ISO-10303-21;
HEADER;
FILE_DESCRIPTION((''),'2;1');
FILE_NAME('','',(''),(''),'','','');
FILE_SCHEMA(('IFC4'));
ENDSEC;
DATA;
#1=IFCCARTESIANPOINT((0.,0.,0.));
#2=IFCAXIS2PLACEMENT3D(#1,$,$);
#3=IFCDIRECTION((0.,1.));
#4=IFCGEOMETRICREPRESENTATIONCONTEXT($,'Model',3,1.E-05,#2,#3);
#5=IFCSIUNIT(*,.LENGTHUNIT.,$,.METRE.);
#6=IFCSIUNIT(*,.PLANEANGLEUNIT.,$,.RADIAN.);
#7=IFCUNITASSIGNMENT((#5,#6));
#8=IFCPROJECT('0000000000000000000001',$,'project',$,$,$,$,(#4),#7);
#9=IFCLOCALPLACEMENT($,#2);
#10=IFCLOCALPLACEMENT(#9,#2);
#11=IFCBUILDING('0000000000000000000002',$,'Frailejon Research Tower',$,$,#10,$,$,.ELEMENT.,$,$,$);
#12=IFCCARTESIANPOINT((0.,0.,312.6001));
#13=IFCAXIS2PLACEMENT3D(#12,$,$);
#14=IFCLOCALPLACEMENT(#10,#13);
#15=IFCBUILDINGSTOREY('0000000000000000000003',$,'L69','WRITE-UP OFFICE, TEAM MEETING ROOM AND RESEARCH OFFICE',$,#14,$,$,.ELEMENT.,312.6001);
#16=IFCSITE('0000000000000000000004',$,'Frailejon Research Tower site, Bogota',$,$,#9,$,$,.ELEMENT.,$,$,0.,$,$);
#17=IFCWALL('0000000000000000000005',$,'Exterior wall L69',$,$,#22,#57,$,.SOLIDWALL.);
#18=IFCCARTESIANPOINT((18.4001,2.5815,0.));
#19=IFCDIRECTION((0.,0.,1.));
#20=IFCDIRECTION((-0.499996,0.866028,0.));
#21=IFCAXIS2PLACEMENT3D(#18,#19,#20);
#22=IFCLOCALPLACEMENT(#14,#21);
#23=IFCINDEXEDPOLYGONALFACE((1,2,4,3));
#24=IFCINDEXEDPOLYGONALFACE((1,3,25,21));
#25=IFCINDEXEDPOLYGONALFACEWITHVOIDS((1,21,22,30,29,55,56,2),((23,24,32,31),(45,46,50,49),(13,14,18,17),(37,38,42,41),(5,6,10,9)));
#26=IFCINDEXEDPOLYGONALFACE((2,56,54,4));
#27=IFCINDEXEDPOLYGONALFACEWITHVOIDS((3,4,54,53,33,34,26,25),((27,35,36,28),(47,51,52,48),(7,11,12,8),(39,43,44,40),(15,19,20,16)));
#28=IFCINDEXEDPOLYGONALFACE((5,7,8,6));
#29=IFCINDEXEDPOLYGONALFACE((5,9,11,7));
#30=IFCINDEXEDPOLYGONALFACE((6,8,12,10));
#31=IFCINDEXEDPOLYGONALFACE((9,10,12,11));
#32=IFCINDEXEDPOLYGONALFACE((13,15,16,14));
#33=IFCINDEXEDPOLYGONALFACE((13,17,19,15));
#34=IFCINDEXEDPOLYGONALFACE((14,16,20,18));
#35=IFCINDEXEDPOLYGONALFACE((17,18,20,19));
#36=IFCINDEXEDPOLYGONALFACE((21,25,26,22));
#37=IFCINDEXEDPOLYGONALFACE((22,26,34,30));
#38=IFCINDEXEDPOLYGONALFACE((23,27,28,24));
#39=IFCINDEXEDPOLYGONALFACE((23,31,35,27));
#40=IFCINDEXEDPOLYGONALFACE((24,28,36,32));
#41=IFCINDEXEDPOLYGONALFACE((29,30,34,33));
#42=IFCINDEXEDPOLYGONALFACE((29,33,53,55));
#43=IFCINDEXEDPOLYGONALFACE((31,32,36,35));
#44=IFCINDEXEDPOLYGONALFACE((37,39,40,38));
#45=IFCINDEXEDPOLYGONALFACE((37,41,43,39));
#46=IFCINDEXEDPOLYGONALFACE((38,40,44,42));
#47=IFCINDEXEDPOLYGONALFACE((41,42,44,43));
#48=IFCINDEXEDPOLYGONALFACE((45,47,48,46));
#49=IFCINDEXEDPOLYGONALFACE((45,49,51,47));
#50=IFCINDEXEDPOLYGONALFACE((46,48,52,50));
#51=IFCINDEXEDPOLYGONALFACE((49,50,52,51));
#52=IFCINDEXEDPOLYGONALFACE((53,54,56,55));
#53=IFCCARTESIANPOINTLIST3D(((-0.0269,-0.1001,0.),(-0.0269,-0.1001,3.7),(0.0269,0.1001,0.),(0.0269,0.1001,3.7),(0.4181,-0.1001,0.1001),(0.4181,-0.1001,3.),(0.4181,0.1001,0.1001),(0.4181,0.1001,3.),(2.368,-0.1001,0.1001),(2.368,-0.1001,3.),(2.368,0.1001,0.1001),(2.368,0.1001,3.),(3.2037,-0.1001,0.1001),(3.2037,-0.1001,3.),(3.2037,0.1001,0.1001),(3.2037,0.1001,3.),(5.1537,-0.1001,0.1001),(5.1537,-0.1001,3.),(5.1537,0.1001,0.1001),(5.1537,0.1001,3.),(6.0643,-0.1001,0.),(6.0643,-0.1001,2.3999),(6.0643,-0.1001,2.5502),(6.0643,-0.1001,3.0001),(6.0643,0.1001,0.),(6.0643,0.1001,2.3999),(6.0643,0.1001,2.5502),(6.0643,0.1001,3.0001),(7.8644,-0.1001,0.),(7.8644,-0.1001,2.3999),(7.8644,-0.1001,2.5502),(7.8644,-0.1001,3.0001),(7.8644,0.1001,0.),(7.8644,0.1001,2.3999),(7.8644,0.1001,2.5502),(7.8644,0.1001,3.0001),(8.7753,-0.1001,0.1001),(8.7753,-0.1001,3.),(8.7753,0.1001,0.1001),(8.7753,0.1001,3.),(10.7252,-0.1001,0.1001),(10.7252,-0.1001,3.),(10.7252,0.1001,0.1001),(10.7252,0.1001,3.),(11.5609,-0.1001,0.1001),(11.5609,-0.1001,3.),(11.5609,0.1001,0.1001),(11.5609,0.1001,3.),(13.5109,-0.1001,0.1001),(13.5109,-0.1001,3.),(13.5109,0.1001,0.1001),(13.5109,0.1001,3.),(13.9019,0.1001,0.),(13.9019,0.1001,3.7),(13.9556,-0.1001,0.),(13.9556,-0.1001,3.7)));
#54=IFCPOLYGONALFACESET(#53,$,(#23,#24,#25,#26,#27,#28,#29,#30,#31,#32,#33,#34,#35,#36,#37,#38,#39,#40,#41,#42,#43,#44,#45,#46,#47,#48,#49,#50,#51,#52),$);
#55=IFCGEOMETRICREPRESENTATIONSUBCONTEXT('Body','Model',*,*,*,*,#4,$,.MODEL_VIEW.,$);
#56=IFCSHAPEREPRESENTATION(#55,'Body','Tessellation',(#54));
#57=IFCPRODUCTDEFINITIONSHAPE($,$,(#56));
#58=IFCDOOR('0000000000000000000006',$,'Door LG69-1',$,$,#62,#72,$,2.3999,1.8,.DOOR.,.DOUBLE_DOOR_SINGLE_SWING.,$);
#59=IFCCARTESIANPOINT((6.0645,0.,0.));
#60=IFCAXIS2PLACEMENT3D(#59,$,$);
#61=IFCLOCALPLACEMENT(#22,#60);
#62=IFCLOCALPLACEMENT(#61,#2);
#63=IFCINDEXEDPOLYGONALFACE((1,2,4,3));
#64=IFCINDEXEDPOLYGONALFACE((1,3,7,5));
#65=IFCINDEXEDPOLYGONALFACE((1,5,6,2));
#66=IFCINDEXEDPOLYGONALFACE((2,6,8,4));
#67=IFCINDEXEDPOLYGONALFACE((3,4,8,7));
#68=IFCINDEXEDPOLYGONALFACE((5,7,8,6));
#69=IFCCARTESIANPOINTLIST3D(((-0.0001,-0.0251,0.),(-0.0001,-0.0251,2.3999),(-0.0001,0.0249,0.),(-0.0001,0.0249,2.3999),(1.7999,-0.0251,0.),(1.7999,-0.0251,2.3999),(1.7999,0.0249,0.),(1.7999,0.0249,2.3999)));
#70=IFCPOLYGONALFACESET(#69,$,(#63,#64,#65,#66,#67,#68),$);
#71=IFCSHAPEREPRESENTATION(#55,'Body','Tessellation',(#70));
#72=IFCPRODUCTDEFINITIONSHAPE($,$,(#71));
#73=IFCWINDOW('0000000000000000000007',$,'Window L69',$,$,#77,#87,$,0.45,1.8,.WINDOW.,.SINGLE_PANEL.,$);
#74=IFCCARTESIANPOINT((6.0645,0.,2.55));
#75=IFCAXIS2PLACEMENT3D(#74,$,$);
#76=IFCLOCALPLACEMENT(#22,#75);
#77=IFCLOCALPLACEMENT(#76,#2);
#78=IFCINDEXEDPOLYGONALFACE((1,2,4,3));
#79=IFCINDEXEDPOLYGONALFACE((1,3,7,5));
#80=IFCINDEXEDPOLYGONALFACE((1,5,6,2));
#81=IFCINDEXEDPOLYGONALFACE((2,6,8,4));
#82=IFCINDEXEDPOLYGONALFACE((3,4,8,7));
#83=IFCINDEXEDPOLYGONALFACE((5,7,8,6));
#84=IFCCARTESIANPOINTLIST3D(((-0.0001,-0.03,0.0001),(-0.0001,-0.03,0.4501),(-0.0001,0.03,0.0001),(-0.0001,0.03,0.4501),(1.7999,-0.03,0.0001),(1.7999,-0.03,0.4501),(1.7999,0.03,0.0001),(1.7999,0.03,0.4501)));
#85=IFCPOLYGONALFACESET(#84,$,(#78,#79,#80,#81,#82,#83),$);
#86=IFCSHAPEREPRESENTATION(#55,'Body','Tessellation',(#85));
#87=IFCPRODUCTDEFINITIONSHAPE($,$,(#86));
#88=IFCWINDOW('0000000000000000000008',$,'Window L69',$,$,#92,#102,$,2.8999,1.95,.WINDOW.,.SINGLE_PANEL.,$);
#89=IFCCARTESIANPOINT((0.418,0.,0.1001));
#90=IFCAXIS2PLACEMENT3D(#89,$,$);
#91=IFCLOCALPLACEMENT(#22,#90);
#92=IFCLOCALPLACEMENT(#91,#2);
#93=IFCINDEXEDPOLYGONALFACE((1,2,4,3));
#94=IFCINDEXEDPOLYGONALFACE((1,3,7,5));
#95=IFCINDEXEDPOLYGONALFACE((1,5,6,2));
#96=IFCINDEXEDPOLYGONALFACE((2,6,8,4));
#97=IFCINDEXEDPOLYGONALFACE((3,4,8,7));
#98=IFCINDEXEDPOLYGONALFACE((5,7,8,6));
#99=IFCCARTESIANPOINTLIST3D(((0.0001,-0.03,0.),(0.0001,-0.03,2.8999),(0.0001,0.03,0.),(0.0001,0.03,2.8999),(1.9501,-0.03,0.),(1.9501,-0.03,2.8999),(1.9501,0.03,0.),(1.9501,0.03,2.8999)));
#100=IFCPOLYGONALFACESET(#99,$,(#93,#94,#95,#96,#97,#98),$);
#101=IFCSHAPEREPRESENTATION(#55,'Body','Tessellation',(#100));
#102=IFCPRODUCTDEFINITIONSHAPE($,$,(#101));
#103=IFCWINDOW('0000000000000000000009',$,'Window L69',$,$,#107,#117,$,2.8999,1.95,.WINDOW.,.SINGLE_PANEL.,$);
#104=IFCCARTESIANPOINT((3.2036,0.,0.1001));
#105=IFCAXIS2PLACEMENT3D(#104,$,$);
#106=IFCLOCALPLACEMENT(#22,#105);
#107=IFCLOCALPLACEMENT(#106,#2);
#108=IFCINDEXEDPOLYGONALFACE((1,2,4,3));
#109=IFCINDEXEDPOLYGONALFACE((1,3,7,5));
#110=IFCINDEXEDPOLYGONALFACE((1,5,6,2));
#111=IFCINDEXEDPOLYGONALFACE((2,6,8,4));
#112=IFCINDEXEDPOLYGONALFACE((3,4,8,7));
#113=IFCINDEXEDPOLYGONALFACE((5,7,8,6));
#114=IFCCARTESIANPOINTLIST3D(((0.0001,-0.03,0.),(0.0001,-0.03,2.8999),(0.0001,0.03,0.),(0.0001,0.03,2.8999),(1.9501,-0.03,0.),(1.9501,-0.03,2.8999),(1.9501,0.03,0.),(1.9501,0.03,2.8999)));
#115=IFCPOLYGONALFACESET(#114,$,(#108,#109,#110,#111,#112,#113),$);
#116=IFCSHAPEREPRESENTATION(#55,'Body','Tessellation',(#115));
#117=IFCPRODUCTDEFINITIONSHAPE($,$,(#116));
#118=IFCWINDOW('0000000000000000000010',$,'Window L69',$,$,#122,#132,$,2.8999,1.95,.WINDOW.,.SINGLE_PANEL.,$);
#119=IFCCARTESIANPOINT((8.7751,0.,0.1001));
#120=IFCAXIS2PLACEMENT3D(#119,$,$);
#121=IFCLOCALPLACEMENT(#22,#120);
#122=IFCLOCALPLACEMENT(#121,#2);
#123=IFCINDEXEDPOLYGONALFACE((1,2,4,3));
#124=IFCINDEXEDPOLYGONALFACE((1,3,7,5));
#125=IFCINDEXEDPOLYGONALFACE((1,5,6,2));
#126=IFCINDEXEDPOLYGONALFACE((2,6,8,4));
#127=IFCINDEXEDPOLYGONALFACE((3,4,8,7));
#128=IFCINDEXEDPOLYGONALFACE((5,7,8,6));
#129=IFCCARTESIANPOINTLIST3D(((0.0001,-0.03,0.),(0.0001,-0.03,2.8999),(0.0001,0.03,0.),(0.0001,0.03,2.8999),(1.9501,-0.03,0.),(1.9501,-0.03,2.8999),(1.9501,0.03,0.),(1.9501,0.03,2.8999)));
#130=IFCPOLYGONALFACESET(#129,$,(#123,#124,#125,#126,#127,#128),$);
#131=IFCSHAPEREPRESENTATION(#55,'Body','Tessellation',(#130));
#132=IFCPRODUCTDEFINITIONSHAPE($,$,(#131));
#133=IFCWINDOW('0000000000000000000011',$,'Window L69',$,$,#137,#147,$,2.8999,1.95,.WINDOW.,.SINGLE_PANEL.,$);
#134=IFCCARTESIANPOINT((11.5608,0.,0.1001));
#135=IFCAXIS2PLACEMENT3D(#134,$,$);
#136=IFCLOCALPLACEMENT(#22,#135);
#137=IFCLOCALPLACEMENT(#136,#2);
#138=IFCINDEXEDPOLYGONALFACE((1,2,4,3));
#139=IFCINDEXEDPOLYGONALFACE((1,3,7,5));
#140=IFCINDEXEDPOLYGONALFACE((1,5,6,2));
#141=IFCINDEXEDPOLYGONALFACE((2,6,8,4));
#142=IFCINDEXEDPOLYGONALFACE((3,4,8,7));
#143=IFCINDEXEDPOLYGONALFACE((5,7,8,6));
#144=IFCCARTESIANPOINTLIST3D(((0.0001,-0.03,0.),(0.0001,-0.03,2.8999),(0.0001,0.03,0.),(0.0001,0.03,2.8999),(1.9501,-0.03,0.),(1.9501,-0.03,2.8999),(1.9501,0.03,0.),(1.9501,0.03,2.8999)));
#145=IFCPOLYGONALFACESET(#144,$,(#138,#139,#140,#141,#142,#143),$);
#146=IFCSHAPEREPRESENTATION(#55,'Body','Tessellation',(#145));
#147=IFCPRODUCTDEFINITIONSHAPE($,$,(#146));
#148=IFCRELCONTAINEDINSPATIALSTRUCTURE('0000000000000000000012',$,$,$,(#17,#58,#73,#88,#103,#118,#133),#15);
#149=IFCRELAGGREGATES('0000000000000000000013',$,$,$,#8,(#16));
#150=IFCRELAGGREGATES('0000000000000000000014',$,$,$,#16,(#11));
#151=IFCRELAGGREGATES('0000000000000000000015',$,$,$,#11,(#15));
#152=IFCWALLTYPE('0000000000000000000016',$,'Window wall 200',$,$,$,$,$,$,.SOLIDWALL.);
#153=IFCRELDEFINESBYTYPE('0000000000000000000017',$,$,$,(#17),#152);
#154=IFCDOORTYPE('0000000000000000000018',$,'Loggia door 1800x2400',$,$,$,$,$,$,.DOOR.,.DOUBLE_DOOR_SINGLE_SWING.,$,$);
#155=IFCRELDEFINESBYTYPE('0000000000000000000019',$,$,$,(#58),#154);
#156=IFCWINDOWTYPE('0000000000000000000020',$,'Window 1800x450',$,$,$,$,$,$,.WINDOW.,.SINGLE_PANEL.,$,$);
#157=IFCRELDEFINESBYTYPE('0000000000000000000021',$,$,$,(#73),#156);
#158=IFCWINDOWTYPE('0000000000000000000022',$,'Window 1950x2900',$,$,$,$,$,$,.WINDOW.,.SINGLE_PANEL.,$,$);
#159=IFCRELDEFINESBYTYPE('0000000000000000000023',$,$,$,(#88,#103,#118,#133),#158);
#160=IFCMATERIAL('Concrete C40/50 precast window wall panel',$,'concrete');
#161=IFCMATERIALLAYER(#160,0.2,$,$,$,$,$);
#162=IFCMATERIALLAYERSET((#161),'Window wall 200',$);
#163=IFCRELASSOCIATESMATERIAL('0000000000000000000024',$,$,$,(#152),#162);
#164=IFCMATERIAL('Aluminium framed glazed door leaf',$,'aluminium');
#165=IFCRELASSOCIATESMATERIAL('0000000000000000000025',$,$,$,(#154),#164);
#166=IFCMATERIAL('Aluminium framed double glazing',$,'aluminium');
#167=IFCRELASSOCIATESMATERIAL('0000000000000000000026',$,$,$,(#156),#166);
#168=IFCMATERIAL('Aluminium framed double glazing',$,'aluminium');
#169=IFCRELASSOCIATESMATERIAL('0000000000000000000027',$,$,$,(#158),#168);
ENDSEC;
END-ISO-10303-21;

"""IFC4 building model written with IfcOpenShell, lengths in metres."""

from ifc_helpers import new_model, si_unit, direction, frame, frame_2d, origin, place, context, subcontext, project, spatial, polyline, rectangle, outline, extrude, material, layer, layer_set, type_object, element, fill, save


model = new_model("IFC4")

# Units and contexts
model_context = context("Model", 3, precision=1e-05, world=origin(), true_north=direction((0.0, 1.0)))
body_context = subcontext(model_context, "Body", "Model", "MODEL_VIEW")
ifc_project = project(units=[si_unit("LENGTHUNIT", "METRE"), si_unit("PLANEANGLEUNIT", "RADIAN")], contexts=[model_context])

# Site, building, storey
site_placement = place(None, origin())
site = spatial("IfcSite", under=ifc_project, at=site_placement, Name="Frailejon Research Tower site, Bogota", CompositionType="ELEMENT", RefElevation=0.0)
building_placement = place(site_placement, origin())
building = spatial("IfcBuilding", under=site, at=building_placement, Name="Frailejon Research Tower", CompositionType="ELEMENT")
storey_placement = place(building_placement, frame((0.0, 0.0, 312.6001)))
storey = spatial("IfcBuildingStorey", under=building, at=storey_placement, Name="L69", Description="WRITE-UP OFFICE, TEAM MEETING ROOM AND RESEARCH OFFICE", CompositionType="ELEMENT", Elevation=312.6001)

# Wall, openings, door, windows
ifc_material_1 = material(Name="Concrete C40/50 precast window wall panel", Category="concrete")
ifc_layer_1 = layer(ifc_material_1, 0.2)
ifc_layer_set_1 = layer_set([ifc_layer_1], Name="Window wall 200")
wall_type_1 = type_object("IfcWallType", Name="Window wall 200", PredefinedType="SOLIDWALL", material=ifc_layer_set_1)
wall_1_placement = place(storey_placement, frame((18.4001, 2.5815, 0.0), z_axis=(0.0, 0.0, 1.0), x_axis=(-0.499996, 0.866028, 0.0)))
wall_1 = element("IfcWall", 1, at=wall_1_placement, inside=storey, type_object=wall_type_1, Name="Exterior wall L69", PredefinedType="SOLIDWALL", context=body_context, shape_type="SweptSolid", body=[
    extrude(outline(polyline([(-0.0269, -0.1001), (1.0488, -0.1001), (2.1243, -0.1001), (3.2, -0.1001), (4.2754, -0.1001), (5.3511, -0.1001), (6.4265, -0.1001), (7.5022, -0.1001), (8.5776, -0.1001), (9.6533, -0.1001), (10.7288, -0.1001), (11.8044, -0.1001), (12.8799, -0.1001), (13.9556, -0.1001), (13.9019, 0.1001), (12.8345, 0.1001), (11.7673, 0.1001), (10.7, 0.1001), (9.6326, 0.1001), (8.5654, 0.1001), (7.498, 0.1001), (6.4307, 0.1001), (5.3633, 0.1001), (4.2961, 0.1001), (3.2288, 0.1001), (2.1614, 0.1001), (1.0942, 0.1001), (0.0269, 0.1001), (-0.0269, -0.1001)])), origin(), (0.0, 0.0, 1.0), 3.7),
])
opening_1_placement = place(wall_1_placement, frame((0.418, 0.0, 0.1001)))
opening_1 = element("IfcOpeningElement", 2, at=opening_1_placement, cuts=wall_1, PredefinedType="OPENING", context=body_context, shape_type="SweptSolid", body=[
    extrude(rectangle(XDim=1.95, YDim=2.8999, at=frame_2d((0.9751, 1.45))), frame((0.0, 0.1099, 0.0), z_axis=(0.0, -1.0, 0.0), x_axis=(1.0, 0.0, 0.0)), (0.0, 0.0, 1.0), 0.22),
])
opening_2_placement = place(wall_1_placement, frame((3.2036, 0.0, 0.1001)))
opening_2 = element("IfcOpeningElement", 3, at=opening_2_placement, cuts=wall_1, PredefinedType="OPENING", context=body_context, shape_type="SweptSolid", body=[
    extrude(rectangle(XDim=1.95, YDim=2.8999, at=frame_2d((0.9751, 1.45))), frame((0.0, 0.1099, 0.0), z_axis=(0.0, -1.0, 0.0), x_axis=(1.0, 0.0, 0.0)), (0.0, 0.0, 1.0), 0.22),
])
opening_3_placement = place(wall_1_placement, frame((6.0645, 0.0, 0.0)))
opening_3 = element("IfcOpeningElement", 4, at=opening_3_placement, cuts=wall_1, PredefinedType="OPENING", context=body_context, shape_type="SweptSolid", body=[
    extrude(rectangle(XDim=1.8, YDim=2.3999, at=frame_2d((0.8999, 1.2))), frame((0.0, 0.1099, 0.0), z_axis=(0.0, -1.0, 0.0), x_axis=(1.0, 0.0, 0.0)), (0.0, 0.0, 1.0), 0.22),
])
opening_4_placement = place(wall_1_placement, frame((6.0645, 0.0, 2.55)))
opening_4 = element("IfcOpeningElement", 5, at=opening_4_placement, cuts=wall_1, PredefinedType="OPENING", context=body_context, shape_type="SweptSolid", body=[
    extrude(rectangle(XDim=1.8, YDim=0.45, at=frame_2d((0.8999, 0.2251))), frame((0.0, 0.1099, 0.0), z_axis=(0.0, -1.0, 0.0), x_axis=(1.0, 0.0, 0.0)), (0.0, 0.0, 1.0), 0.22),
])
opening_5_placement = place(wall_1_placement, frame((8.7751, 0.0, 0.1001)))
opening_5 = element("IfcOpeningElement", 6, at=opening_5_placement, cuts=wall_1, PredefinedType="OPENING", context=body_context, shape_type="SweptSolid", body=[
    extrude(rectangle(XDim=1.95, YDim=2.8999, at=frame_2d((0.9751, 1.45))), frame((0.0, 0.1099, 0.0), z_axis=(0.0, -1.0, 0.0), x_axis=(1.0, 0.0, 0.0)), (0.0, 0.0, 1.0), 0.22),
])
opening_6_placement = place(wall_1_placement, frame((11.5608, 0.0, 0.1001)))
opening_6 = element("IfcOpeningElement", 7, at=opening_6_placement, cuts=wall_1, PredefinedType="OPENING", context=body_context, shape_type="SweptSolid", body=[
    extrude(rectangle(XDim=1.95, YDim=2.8999, at=frame_2d((0.9751, 1.45))), frame((0.0, 0.1099, 0.0), z_axis=(0.0, -1.0, 0.0), x_axis=(1.0, 0.0, 0.0)), (0.0, 0.0, 1.0), 0.22),
])
ifc_material_2 = material(Name="Aluminium framed glazed door leaf", Category="aluminium")
door_type = type_object("IfcDoorType", Name="Loggia door 1800x2400", OperationType="DOUBLE_DOOR_SINGLE_SWING", PredefinedType="DOOR", material=ifc_material_2)
door_placement = place(opening_3_placement, origin())
door = element("IfcDoor", 8, at=door_placement, inside=storey, type_object=door_type, Name="Door LG69-1", OperationType="DOUBLE_DOOR_SINGLE_SWING", OverallHeight=2.3999, OverallWidth=1.8, PredefinedType="DOOR", context=body_context, shape_type="SweptSolid", body=[
    extrude(rectangle(XDim=1.8, YDim=2.3999, at=frame_2d((0.8999, 1.2))), frame((0.0, 0.0249, 0.0), z_axis=(0.0, -1.0, 0.0), x_axis=(1.0, 0.0, 0.0)), (0.0, 0.0, 1.0), 0.05),
])
fill(opening_3, door)
ifc_material_3 = material(Name="Aluminium framed double glazing", Category="aluminium")
window_type_1 = type_object("IfcWindowType", Name="Window 1800x450", PartitioningType="SINGLE_PANEL", PredefinedType="WINDOW", material=ifc_material_3)
window_1_placement = place(opening_4_placement, origin())
window_1 = element("IfcWindow", 9, at=window_1_placement, inside=storey, type_object=window_type_1, Name="Window L69", OverallHeight=0.45, OverallWidth=1.8, PartitioningType="SINGLE_PANEL", PredefinedType="WINDOW", context=body_context, shape_type="SweptSolid", body=[
    extrude(rectangle(XDim=1.8, YDim=0.45, at=frame_2d((0.8999, 0.2251))), frame((0.0, 0.03, 0.0), z_axis=(0.0, -1.0, 0.0), x_axis=(1.0, 0.0, 0.0)), (0.0, 0.0, 1.0), 0.0601),
])
fill(opening_4, window_1)
ifc_material_4 = material(Name="Aluminium framed double glazing", Category="aluminium")
window_type_2 = type_object("IfcWindowType", Name="Window 1950x2900", PartitioningType="SINGLE_PANEL", PredefinedType="WINDOW", material=ifc_material_4)
window_2_placement = place(opening_1_placement, origin())
window_2 = element("IfcWindow", 10, at=window_2_placement, inside=storey, type_object=window_type_2, Name="Window L69", OverallHeight=2.8999, OverallWidth=1.95, PartitioningType="SINGLE_PANEL", PredefinedType="WINDOW", context=body_context, shape_type="SweptSolid", body=[
    extrude(rectangle(XDim=1.95, YDim=2.8999, at=frame_2d((0.9751, 1.45))), frame((0.0, 0.03, 0.0), z_axis=(0.0, -1.0, 0.0), x_axis=(1.0, 0.0, 0.0)), (0.0, 0.0, 1.0), 0.0601),
])
fill(opening_1, window_2)
window_3_placement = place(opening_2_placement, origin())
window_3 = element("IfcWindow", 11, at=window_3_placement, inside=storey, type_object=window_type_2, Name="Window L69", OverallHeight=2.8999, OverallWidth=1.95, PartitioningType="SINGLE_PANEL", PredefinedType="WINDOW", context=body_context, shape_type="SweptSolid", body=[
    extrude(rectangle(XDim=1.95, YDim=2.8999, at=frame_2d((0.9751, 1.45))), frame((0.0, 0.03, 0.0), z_axis=(0.0, -1.0, 0.0), x_axis=(1.0, 0.0, 0.0)), (0.0, 0.0, 1.0), 0.0601),
])
fill(opening_2, window_3)
window_4_placement = place(opening_5_placement, origin())
window_4 = element("IfcWindow", 12, at=window_4_placement, inside=storey, type_object=window_type_2, Name="Window L69", OverallHeight=2.8999, OverallWidth=1.95, PartitioningType="SINGLE_PANEL", PredefinedType="WINDOW", context=body_context, shape_type="SweptSolid", body=[
    extrude(rectangle(XDim=1.95, YDim=2.8999, at=frame_2d((0.9751, 1.45))), frame((0.0, 0.03, 0.0), z_axis=(0.0, -1.0, 0.0), x_axis=(1.0, 0.0, 0.0)), (0.0, 0.0, 1.0), 0.0601),
])
fill(opening_5, window_4)
window_5_placement = place(opening_6_placement, origin())
window_5 = element("IfcWindow", 13, at=window_5_placement, inside=storey, type_object=window_type_2, Name="Window L69", OverallHeight=2.8999, OverallWidth=1.95, PartitioningType="SINGLE_PANEL", PredefinedType="WINDOW", context=body_context, shape_type="SweptSolid", body=[
    extrude(rectangle(XDim=1.95, YDim=2.8999, at=frame_2d((0.9751, 1.45))), frame((0.0, 0.03, 0.0), z_axis=(0.0, -1.0, 0.0), x_axis=(1.0, 0.0, 0.0)), (0.0, 0.0, 1.0), 0.0601),
])
fill(opening_6, window_5)

save(model, "model.ifc")
